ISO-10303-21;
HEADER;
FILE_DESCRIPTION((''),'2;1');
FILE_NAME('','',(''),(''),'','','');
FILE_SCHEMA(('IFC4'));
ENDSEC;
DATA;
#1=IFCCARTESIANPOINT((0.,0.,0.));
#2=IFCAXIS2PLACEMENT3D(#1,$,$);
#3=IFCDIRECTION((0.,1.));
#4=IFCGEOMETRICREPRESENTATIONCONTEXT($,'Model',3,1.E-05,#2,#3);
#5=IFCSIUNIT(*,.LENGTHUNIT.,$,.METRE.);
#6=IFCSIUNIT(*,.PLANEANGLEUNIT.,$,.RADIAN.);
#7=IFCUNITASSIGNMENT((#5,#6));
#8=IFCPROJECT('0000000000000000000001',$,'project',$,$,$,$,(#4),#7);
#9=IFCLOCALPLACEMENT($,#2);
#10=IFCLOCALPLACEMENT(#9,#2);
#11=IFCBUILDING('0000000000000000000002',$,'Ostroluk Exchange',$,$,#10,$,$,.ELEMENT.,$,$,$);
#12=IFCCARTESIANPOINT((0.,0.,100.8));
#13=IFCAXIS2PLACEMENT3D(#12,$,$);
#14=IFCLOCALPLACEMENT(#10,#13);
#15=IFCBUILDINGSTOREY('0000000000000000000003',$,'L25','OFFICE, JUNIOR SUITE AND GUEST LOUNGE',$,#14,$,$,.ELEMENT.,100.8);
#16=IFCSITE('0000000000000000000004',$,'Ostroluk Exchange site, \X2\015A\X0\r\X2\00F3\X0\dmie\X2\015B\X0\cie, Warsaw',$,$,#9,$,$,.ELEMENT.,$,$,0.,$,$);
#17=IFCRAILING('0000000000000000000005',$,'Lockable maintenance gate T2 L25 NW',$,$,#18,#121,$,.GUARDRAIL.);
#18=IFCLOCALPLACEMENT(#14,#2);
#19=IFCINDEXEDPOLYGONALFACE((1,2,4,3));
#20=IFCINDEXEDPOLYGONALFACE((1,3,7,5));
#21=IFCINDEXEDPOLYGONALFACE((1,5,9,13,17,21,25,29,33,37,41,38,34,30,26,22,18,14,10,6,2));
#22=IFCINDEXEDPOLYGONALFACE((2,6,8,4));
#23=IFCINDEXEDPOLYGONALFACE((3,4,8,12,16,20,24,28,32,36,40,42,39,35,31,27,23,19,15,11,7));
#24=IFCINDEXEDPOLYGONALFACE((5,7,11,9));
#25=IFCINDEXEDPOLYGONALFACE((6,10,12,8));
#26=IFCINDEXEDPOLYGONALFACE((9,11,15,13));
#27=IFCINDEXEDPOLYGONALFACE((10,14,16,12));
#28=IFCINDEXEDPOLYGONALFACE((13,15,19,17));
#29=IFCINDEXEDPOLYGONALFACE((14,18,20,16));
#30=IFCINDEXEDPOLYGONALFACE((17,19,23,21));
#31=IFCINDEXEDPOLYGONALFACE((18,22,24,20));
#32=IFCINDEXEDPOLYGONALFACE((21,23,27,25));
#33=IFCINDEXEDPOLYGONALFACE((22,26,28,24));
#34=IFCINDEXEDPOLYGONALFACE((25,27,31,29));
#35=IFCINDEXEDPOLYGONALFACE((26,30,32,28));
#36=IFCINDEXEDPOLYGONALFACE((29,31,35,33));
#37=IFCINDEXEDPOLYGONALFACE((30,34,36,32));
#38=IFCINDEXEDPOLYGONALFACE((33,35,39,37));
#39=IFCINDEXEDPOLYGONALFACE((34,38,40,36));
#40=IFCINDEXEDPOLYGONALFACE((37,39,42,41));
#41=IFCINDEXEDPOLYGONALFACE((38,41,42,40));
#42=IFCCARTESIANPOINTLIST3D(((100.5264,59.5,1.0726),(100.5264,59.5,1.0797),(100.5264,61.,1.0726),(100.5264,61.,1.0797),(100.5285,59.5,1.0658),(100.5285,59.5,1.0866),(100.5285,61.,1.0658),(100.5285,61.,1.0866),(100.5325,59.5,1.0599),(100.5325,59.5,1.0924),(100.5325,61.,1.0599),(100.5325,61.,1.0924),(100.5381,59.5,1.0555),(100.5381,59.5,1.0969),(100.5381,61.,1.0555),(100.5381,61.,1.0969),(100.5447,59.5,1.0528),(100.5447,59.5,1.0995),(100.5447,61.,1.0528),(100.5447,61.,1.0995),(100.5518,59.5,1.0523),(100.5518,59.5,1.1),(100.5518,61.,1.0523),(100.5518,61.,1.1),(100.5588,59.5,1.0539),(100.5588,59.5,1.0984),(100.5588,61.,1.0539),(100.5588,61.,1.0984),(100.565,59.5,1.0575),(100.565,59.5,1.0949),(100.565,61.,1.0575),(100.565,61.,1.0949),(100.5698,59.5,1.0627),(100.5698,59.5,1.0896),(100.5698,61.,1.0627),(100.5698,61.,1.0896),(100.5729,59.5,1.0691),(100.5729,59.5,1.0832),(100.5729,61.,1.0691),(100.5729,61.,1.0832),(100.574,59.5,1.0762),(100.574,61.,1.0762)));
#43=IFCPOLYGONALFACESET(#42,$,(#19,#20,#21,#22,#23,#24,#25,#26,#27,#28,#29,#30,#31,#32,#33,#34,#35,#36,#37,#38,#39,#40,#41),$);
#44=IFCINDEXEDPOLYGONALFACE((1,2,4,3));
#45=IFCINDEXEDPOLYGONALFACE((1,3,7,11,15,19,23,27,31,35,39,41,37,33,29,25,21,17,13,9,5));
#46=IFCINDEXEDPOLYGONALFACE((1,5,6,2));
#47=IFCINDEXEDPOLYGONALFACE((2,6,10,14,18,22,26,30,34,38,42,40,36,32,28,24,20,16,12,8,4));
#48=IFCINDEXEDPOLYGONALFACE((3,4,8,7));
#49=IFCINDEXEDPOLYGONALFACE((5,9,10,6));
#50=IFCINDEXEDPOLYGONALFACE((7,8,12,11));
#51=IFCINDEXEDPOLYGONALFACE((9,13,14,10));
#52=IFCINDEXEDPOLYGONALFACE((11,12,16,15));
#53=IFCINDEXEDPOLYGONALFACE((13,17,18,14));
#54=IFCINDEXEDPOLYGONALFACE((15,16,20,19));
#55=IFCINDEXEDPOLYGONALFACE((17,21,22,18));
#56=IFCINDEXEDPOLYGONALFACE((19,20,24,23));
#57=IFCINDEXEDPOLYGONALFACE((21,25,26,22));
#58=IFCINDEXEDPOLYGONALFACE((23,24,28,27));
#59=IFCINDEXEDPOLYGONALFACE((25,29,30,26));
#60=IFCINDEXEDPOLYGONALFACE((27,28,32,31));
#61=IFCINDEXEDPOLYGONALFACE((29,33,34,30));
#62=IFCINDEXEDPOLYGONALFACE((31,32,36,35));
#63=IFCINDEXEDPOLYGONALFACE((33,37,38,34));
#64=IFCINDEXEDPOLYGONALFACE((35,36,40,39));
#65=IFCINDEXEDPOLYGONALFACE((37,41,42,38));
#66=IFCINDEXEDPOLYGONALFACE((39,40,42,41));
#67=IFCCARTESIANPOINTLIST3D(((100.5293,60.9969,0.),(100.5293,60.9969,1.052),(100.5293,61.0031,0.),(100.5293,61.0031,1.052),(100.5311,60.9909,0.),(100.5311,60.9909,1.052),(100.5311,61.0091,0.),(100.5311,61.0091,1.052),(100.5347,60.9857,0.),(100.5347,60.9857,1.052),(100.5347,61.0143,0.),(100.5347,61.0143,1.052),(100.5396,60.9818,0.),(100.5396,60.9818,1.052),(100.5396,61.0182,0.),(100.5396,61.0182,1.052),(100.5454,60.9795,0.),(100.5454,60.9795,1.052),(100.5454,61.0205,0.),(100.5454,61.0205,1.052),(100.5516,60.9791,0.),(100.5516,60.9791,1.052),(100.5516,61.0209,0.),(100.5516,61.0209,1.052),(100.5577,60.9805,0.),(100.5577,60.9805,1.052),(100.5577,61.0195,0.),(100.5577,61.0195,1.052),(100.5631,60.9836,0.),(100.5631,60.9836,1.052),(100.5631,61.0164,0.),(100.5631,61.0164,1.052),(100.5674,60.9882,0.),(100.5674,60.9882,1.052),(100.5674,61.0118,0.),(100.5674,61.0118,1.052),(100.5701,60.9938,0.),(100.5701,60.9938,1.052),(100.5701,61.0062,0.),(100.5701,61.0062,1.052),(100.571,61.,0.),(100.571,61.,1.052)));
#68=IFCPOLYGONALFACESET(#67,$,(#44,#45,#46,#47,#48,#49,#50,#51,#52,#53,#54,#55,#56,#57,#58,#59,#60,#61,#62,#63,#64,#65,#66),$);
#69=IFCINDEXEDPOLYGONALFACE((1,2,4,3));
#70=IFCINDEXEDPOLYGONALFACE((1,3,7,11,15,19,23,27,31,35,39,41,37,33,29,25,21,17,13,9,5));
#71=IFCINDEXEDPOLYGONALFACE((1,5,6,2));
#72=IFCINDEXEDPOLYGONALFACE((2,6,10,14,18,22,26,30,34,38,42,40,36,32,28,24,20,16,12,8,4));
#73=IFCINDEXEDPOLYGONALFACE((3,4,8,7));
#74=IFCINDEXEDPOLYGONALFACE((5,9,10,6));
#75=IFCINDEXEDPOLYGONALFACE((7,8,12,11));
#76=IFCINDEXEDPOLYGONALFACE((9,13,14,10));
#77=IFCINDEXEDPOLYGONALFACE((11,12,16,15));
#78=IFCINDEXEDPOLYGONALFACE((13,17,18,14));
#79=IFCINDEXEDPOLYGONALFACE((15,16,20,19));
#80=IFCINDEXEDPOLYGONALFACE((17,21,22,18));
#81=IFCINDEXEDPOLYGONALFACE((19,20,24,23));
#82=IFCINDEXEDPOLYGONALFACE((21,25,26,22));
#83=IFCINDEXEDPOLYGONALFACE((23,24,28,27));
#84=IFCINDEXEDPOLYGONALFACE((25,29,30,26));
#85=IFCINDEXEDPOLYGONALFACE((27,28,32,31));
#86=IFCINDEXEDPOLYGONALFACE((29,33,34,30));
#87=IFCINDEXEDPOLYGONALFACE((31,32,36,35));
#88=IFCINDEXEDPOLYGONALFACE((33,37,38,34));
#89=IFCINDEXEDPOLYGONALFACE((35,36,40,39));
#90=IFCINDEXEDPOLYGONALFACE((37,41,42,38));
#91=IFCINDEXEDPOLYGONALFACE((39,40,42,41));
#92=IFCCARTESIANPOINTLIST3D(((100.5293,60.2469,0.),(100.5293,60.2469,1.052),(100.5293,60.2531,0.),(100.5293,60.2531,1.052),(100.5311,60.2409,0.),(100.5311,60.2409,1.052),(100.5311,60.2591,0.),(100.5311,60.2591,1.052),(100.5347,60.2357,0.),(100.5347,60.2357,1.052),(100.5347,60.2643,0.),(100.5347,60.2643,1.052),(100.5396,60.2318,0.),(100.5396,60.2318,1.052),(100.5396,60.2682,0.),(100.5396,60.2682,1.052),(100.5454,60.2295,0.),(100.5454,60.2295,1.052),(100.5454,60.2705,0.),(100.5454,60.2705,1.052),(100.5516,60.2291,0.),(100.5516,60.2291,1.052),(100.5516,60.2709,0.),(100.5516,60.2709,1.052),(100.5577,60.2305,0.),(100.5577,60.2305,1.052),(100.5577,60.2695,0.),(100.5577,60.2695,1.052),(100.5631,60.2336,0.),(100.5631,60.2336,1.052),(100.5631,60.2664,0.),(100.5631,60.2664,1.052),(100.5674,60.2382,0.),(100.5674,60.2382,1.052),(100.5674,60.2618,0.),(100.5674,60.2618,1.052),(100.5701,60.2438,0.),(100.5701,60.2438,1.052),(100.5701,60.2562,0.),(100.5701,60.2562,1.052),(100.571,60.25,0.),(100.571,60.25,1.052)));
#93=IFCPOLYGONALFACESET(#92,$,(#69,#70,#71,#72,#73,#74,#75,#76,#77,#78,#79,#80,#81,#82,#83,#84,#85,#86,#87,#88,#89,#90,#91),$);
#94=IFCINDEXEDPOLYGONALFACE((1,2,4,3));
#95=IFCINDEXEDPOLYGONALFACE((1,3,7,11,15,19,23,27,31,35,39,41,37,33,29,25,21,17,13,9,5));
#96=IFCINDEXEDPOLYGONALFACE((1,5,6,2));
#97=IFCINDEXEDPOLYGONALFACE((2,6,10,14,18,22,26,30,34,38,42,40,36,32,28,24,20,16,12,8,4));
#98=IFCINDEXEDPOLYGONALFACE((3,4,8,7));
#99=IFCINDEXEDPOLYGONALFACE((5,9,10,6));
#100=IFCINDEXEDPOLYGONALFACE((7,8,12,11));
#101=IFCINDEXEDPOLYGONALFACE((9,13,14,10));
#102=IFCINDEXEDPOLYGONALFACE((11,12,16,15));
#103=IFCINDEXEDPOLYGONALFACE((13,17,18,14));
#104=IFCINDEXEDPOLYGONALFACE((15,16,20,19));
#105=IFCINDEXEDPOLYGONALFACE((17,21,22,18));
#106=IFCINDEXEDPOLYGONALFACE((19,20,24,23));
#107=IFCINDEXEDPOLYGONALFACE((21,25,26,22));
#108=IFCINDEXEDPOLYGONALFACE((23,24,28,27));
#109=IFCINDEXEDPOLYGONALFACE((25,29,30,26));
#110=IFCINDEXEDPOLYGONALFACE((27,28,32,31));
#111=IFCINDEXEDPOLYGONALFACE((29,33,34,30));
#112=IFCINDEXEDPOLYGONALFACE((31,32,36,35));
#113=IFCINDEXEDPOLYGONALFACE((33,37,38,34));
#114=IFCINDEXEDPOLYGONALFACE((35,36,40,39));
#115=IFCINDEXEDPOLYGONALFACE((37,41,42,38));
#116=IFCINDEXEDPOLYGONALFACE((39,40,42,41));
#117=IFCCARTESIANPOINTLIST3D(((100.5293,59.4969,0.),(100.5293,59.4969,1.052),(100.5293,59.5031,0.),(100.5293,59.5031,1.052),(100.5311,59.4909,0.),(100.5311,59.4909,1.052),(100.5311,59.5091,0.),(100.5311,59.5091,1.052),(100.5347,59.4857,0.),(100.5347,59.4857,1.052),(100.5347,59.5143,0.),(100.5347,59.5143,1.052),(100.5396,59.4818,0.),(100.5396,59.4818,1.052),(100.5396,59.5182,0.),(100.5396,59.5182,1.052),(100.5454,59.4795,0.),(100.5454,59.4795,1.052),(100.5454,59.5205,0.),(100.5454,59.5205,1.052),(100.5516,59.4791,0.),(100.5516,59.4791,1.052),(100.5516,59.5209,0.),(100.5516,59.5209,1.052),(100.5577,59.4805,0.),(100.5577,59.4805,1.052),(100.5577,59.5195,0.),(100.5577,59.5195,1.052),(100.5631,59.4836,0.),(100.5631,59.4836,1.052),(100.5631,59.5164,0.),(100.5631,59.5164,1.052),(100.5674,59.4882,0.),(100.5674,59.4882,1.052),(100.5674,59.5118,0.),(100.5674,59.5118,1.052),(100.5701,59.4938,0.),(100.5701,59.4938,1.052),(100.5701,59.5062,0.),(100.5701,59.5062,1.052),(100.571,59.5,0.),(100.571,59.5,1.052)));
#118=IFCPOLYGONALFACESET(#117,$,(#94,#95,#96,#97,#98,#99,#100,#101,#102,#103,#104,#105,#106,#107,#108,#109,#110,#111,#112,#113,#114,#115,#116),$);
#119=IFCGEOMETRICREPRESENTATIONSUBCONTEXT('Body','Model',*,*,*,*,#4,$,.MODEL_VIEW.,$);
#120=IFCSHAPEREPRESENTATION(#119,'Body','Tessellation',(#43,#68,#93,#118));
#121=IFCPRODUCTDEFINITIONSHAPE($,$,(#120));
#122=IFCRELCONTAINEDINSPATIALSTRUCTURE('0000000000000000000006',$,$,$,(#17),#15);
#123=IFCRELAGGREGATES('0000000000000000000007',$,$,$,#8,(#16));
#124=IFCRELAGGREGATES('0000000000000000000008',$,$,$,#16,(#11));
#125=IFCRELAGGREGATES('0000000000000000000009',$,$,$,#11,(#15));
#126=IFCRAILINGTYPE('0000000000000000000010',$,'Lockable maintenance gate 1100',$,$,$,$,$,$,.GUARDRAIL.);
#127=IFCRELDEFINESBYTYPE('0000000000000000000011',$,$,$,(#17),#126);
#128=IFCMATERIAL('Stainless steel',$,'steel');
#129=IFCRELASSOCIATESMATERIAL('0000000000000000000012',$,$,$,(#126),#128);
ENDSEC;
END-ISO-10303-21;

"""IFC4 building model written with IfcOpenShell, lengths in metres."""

from ifc_helpers import new_model, si_unit, direction, frame, origin, origin_2d, place, context, subcontext, project, spatial, circle, extrude, material, type_object, element, save


model = new_model("IFC4")

# Units and contexts
model_context = context("Model", 3, precision=1e-05, world=origin(), true_north=direction((0.0, 1.0)))
body_context = subcontext(model_context, "Body", "Model", "MODEL_VIEW")
ifc_project = project(units=[si_unit("LENGTHUNIT", "METRE"), si_unit("PLANEANGLEUNIT", "RADIAN")], contexts=[model_context])

# Site, building, storey
site_placement = place(None, origin())
site = spatial("IfcSite", under=ifc_project, at=site_placement, Name="Ostroluk Exchange site, Śródmieście, Warsaw", CompositionType="ELEMENT", RefElevation=0.0)
building_placement = place(site_placement, origin())
building = spatial("IfcBuilding", under=site, at=building_placement, Name="Ostroluk Exchange", CompositionType="ELEMENT")
storey_placement = place(building_placement, frame((0.0, 0.0, 100.8)))
storey = spatial("IfcBuildingStorey", under=building, at=storey_placement, Name="L25", Description="OFFICE, JUNIOR SUITE AND GUEST LOUNGE", CompositionType="ELEMENT", Elevation=100.8)

# Railing
ifc_material_1 = material(Name="Stainless steel", Category="steel")
railing_type_1 = type_object("IfcRailingType", Name="Lockable maintenance gate 1100", PredefinedType="GUARDRAIL", material=ifc_material_1)
railing_1_placement = place(storey_placement, frame((100.55, 61.0, 0.0)))
element("IfcRailing", 1, at=railing_1_placement, inside=storey, type_object=railing_type_1, Name="Lockable maintenance gate T2 L25 NW", PredefinedType="GUARDRAIL", context=body_context, shape_type="SweptSolid", body=[
    extrude(circle(Radius=0.0239, at=origin_2d()), frame((0.0, 0.0, 1.0762), z_axis=(0.0, -1.0, 0.0), x_axis=(1.0, 0.0, 0.0)), (0.0, 0.0, 1.0), 1.5),
    extrude(circle(Radius=0.021, at=origin_2d()), origin(), (0.0, 0.0, 1.0), 1.052),
    extrude(circle(Radius=0.021, at=origin_2d()), frame((0.0, -0.75, 0.0)), (0.0, 0.0, 1.0), 1.052),
    extrude(circle(Radius=0.021, at=origin_2d()), frame((0.0, -1.5, 0.0)), (0.0, 0.0, 1.0), 1.052),
])

save(model, "model.ifc")
